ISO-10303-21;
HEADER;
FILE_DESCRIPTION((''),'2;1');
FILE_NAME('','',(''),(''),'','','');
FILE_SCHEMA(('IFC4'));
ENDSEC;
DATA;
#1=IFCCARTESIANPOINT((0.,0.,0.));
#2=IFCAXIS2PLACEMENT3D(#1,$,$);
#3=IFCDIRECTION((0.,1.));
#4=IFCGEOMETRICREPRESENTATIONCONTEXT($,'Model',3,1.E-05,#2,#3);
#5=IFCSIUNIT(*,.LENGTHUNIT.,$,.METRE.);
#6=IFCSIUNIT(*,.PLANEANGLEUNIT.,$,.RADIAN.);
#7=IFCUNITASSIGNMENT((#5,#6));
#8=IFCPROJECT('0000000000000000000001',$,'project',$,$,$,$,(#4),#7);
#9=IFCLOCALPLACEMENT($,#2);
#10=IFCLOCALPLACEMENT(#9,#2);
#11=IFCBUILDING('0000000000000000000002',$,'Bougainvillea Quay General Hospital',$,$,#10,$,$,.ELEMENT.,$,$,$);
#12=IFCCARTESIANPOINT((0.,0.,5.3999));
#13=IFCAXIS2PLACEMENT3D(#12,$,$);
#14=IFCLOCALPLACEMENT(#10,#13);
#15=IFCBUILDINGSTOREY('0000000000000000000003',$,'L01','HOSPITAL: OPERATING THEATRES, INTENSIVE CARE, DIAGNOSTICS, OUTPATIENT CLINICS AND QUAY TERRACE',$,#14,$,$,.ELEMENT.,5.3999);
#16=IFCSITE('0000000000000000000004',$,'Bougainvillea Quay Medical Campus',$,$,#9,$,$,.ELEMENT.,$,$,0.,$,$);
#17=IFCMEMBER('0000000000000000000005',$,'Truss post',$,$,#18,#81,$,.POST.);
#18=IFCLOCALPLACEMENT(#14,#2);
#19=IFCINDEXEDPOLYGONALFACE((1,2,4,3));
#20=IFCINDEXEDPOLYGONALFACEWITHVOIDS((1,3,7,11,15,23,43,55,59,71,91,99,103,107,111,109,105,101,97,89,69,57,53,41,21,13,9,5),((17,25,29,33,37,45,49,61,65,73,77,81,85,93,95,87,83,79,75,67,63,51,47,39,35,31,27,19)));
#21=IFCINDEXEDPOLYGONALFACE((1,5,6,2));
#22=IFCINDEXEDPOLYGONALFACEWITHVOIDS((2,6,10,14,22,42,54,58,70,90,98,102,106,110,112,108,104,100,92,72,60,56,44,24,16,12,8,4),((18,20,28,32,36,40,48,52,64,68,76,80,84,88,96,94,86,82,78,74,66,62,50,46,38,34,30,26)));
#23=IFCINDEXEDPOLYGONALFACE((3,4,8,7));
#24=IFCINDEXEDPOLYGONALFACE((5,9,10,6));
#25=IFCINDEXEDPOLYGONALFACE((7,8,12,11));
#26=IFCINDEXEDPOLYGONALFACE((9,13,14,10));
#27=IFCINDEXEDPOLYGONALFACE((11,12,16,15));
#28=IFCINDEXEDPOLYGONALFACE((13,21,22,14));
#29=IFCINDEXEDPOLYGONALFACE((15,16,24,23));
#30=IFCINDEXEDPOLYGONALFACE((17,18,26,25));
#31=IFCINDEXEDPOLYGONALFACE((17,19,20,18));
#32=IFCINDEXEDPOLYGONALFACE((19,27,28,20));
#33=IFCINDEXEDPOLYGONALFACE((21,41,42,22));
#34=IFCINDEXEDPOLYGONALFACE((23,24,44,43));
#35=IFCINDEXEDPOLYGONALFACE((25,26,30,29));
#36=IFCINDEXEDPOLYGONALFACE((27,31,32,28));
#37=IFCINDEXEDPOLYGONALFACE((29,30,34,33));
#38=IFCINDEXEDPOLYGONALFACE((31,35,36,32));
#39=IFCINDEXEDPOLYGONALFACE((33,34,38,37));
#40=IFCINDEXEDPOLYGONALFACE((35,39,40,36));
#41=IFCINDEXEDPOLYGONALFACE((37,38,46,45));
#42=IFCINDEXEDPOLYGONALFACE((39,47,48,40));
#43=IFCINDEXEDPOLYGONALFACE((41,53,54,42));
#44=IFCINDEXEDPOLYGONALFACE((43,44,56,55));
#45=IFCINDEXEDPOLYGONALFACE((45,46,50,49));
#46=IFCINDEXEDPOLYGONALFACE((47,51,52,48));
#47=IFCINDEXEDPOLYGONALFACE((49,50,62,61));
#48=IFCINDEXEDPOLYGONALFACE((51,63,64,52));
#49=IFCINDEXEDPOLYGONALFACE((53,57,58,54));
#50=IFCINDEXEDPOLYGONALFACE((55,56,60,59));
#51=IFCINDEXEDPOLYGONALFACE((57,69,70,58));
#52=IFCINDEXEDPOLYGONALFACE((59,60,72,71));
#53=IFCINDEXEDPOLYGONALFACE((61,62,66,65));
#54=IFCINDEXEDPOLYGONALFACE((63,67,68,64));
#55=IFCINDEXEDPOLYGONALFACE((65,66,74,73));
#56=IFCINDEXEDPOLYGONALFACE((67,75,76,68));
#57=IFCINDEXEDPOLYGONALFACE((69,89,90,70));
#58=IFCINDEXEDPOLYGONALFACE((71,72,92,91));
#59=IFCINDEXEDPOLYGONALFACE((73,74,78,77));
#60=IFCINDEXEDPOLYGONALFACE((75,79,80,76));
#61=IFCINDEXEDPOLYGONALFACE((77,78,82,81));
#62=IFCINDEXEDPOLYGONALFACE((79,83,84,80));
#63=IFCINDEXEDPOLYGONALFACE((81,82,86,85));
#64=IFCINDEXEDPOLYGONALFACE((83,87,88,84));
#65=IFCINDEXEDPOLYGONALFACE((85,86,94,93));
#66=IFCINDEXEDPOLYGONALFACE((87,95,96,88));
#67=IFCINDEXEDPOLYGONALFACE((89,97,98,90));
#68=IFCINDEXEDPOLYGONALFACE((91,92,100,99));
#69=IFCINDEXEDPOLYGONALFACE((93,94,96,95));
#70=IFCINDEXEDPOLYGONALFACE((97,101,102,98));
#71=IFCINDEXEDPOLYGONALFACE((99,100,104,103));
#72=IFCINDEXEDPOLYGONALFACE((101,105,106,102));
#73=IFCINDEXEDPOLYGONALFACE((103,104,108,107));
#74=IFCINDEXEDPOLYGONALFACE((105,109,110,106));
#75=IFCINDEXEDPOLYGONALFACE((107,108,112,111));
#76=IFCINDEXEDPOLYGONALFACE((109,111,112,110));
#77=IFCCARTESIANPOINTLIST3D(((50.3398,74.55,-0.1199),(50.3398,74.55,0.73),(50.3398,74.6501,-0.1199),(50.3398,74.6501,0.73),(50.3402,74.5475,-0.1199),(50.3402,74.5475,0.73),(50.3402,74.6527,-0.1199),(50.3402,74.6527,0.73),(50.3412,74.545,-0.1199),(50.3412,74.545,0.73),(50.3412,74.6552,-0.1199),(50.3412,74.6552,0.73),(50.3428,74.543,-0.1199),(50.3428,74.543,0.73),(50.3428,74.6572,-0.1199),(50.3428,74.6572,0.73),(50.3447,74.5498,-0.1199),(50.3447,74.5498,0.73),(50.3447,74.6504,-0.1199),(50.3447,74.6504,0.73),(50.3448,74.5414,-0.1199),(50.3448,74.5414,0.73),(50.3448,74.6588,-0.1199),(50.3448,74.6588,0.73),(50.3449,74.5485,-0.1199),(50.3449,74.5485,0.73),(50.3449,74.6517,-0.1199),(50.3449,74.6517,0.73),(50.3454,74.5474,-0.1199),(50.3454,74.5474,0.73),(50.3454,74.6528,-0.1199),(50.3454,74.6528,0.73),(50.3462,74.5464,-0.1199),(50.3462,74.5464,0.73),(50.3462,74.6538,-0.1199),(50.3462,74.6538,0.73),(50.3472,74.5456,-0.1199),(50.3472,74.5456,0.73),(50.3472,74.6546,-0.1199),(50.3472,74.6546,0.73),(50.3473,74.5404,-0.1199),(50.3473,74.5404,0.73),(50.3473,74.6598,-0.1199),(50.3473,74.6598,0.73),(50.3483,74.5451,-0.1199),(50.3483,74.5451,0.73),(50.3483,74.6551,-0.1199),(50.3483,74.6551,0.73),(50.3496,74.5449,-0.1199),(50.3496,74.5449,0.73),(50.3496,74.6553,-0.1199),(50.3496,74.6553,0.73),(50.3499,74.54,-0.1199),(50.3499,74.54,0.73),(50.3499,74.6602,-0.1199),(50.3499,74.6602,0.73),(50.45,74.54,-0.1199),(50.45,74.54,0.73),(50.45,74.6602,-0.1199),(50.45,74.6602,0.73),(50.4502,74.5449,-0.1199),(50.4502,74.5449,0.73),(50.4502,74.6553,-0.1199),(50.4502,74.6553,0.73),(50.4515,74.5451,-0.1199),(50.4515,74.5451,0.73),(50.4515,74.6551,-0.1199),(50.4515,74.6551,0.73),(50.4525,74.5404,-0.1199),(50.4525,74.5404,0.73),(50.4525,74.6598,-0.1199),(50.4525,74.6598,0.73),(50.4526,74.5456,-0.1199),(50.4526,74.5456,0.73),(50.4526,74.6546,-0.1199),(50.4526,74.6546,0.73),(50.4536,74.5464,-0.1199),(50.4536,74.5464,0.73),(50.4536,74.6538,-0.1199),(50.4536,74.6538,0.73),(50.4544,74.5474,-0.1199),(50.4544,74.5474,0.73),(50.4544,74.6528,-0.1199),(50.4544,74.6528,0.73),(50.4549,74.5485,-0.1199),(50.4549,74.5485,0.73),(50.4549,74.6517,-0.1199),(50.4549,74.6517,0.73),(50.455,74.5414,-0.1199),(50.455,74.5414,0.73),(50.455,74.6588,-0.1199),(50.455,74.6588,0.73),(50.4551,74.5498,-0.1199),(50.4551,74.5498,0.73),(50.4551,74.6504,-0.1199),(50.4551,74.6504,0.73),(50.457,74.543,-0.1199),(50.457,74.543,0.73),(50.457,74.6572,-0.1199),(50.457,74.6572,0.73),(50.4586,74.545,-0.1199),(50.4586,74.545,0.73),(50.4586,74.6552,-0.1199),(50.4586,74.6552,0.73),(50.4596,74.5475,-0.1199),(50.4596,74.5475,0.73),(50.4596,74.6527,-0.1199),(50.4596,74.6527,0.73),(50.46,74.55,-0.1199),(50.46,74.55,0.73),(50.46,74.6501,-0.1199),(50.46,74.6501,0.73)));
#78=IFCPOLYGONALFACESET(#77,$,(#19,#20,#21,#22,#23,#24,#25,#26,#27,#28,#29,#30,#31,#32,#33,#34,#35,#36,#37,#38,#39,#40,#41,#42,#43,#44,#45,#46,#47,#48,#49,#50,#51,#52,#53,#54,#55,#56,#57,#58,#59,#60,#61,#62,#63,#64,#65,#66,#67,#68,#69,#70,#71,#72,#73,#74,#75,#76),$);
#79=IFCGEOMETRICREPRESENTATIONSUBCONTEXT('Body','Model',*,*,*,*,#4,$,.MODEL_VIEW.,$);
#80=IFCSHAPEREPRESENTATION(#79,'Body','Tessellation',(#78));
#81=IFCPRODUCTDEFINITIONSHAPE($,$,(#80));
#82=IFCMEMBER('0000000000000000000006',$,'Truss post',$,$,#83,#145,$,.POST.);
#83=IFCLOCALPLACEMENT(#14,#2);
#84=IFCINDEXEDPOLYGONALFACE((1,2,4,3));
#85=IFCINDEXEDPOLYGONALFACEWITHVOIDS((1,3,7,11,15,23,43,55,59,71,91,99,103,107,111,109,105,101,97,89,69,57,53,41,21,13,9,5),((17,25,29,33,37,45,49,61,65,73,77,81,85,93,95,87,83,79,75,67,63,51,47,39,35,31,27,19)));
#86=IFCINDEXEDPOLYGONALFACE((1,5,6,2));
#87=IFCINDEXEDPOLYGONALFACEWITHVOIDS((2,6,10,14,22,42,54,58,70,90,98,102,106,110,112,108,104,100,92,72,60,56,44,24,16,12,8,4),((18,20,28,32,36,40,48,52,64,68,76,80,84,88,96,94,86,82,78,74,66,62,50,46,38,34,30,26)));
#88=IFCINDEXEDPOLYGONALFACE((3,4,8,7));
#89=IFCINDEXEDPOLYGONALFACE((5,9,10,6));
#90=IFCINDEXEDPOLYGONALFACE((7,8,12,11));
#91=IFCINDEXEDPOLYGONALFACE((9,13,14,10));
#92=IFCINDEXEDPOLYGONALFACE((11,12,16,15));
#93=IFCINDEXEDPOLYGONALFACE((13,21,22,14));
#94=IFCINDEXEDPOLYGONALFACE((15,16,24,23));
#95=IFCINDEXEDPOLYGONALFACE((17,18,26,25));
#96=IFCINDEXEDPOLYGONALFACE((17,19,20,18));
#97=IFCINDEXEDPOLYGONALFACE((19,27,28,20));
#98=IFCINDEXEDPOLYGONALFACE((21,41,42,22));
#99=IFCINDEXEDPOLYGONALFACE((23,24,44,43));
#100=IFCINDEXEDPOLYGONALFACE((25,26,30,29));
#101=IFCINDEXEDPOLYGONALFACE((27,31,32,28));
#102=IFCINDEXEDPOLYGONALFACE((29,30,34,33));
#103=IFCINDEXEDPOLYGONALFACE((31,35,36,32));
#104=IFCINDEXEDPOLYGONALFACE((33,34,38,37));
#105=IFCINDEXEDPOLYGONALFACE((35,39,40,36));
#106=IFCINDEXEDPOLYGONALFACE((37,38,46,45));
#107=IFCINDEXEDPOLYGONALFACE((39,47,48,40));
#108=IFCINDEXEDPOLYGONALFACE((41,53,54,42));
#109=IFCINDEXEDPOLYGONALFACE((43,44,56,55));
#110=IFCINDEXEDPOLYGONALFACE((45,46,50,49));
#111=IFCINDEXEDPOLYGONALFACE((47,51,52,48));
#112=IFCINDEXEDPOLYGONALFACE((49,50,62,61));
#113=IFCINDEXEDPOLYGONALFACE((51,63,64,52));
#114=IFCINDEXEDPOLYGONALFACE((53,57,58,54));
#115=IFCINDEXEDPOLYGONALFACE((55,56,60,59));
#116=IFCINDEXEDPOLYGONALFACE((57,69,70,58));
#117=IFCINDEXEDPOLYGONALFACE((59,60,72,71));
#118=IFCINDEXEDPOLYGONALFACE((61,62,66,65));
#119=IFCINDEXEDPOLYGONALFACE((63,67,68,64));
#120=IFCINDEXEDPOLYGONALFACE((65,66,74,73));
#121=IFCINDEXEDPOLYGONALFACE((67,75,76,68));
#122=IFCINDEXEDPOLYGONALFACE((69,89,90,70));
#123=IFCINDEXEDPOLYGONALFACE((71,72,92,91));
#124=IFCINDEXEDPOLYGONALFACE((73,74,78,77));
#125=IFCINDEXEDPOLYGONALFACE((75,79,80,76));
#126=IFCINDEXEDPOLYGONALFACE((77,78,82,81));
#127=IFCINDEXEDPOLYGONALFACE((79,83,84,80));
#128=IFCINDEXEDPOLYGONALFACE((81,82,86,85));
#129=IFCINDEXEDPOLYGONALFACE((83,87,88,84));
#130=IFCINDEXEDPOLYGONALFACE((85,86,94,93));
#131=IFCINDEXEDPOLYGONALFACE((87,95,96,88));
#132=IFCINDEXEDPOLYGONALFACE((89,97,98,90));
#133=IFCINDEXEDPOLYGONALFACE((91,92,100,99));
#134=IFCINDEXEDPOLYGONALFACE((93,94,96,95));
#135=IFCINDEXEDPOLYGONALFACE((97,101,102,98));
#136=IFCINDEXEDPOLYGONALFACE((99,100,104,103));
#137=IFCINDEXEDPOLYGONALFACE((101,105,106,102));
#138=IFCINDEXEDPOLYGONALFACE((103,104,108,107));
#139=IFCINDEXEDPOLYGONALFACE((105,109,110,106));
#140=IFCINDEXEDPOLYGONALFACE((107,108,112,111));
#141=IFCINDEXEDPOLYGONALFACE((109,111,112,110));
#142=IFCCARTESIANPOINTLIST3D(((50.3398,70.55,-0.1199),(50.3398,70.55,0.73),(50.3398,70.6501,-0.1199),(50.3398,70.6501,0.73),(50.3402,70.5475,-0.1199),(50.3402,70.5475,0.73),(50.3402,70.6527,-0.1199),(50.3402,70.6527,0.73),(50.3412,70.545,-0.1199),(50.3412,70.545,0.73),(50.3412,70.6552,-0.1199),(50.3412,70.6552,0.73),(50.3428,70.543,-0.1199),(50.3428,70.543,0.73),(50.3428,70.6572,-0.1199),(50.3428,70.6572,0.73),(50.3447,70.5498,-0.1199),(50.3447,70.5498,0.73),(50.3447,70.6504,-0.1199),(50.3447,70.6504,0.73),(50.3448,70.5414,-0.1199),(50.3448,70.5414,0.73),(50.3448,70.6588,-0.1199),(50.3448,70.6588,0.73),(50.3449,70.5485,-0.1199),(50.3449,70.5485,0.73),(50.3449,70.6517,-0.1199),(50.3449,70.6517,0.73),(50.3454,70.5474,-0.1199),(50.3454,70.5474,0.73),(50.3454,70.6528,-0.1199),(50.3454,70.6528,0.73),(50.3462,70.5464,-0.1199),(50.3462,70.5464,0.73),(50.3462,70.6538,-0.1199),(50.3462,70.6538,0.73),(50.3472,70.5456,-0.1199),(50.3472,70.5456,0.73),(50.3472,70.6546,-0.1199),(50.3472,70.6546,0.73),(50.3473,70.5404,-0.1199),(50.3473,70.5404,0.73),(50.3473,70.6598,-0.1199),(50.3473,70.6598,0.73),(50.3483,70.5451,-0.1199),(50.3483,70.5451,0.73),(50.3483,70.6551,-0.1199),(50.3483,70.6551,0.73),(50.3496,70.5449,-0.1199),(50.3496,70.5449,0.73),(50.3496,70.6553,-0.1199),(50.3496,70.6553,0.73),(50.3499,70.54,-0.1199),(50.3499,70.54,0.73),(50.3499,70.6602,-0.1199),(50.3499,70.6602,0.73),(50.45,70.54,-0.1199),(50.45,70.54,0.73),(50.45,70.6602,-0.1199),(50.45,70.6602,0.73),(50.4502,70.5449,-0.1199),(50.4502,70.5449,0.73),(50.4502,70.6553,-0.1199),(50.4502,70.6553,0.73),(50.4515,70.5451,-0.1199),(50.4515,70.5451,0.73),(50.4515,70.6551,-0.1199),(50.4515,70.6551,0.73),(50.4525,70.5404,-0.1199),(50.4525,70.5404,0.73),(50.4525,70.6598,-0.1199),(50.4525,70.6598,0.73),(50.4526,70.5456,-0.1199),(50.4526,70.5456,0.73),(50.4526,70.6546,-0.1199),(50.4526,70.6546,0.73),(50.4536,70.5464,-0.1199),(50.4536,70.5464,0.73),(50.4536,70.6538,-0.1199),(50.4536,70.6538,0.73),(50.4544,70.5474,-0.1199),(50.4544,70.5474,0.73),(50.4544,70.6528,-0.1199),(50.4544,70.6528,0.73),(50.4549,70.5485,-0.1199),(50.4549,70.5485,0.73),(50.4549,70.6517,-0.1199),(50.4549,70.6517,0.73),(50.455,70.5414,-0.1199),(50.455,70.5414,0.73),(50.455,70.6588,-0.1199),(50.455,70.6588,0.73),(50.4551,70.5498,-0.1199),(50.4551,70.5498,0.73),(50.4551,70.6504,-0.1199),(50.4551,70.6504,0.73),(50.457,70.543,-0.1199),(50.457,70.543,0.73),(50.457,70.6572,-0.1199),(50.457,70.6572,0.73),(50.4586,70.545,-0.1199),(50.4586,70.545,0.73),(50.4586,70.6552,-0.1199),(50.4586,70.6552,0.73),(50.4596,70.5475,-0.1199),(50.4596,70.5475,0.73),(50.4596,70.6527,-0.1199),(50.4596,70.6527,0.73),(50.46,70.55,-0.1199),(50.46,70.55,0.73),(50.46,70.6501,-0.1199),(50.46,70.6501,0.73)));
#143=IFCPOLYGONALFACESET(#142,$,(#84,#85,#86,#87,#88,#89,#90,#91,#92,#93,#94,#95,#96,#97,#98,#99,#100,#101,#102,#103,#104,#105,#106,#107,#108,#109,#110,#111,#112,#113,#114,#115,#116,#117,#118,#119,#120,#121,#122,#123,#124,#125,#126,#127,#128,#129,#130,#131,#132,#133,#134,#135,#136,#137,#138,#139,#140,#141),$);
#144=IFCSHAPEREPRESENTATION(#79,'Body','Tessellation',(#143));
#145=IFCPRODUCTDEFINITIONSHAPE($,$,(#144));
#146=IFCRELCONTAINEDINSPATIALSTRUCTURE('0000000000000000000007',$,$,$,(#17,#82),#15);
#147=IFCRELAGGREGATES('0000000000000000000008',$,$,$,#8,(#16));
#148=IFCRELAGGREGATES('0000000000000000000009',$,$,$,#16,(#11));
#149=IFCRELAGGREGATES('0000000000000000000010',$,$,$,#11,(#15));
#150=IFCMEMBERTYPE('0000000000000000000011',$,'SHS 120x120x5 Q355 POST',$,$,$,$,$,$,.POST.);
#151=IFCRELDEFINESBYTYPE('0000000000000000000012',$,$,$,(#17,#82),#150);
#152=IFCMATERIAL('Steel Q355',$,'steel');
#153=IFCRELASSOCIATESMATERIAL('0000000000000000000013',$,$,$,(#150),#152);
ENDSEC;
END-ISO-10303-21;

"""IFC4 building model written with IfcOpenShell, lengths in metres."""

from ifc_helpers import new_model, si_unit, direction, frame, origin, origin_2d, place, context, subcontext, project, spatial, hollow_rectangle, extrude, material, material_profile, profile_set, type_object, element, save


model = new_model("IFC4")

# Units and contexts
model_context = context("Model", 3, precision=1e-05, world=origin(), true_north=direction((0.0, 1.0)))
body_context = subcontext(model_context, "Body", "Model", "MODEL_VIEW")
ifc_project = project(units=[si_unit("LENGTHUNIT", "METRE"), si_unit("PLANEANGLEUNIT", "RADIAN")], contexts=[model_context])

# Site, building, storey
site_placement = place(None, origin())
site = spatial("IfcSite", under=ifc_project, at=site_placement, Name="Bougainvillea Quay Medical Campus", CompositionType="ELEMENT", RefElevation=0.0)
building_placement = place(site_placement, origin())
building = spatial("IfcBuilding", under=site, at=building_placement, Name="Bougainvillea Quay General Hospital", CompositionType="ELEMENT")
storey_placement = place(building_placement, frame((0.0, 0.0, 5.3999)))
storey = spatial("IfcBuildingStorey", under=building, at=storey_placement, Name="L01", Description="HOSPITAL: OPERATING THEATRES, INTENSIVE CARE, DIAGNOSTICS, OUTPATIENT CLINICS AND QUAY TERRACE", CompositionType="ELEMENT", Elevation=5.3999)

# Shared definitions
ifc_material_1 = material(Name="Steel Q355", Category="steel")

# Members
ifc_material_profile_1 = material_profile(ifc_material_1, hollow_rectangle(XDim=0.1201, YDim=0.1201, WallThickness=0.0049, InnerFilletRadius=0.0049, OuterFilletRadius=0.01, at=origin_2d()))
ifc_profile_set_1 = profile_set([ifc_material_profile_1], Name="Steel Q355")
member_type_1 = type_object("IfcMemberType", Name="SHS 120x120x5 Q355 POST", PredefinedType="POST", material=ifc_profile_set_1)
for number, where, z_axis, x_axis, name in (
    (1, (50.3999, 74.6001, -0.1199), (0.0, 0.0, 1.0), (1.0, 0.0, 0.0), "Truss post"),
    (2, (50.3999, 70.6001, -0.1199), (0.0, 0.0, 1.0), (1.0, 0.0, 0.0), "Truss post"),
):
    element("IfcMember", number, at=place(storey_placement, frame(where, z_axis=z_axis, x_axis=x_axis)), inside=storey, type_object=member_type_1, Name=name, PredefinedType="POST", context=body_context, shape_type="SweptSolid", body=[
        extrude(hollow_rectangle(XDim=0.1201, YDim=0.1201, WallThickness=0.0049, InnerFilletRadius=0.0049, OuterFilletRadius=0.01, at=origin_2d()), origin(), (0.0, 0.0, 1.0), 0.8499),
    ])

save(model, "model.ifc")
